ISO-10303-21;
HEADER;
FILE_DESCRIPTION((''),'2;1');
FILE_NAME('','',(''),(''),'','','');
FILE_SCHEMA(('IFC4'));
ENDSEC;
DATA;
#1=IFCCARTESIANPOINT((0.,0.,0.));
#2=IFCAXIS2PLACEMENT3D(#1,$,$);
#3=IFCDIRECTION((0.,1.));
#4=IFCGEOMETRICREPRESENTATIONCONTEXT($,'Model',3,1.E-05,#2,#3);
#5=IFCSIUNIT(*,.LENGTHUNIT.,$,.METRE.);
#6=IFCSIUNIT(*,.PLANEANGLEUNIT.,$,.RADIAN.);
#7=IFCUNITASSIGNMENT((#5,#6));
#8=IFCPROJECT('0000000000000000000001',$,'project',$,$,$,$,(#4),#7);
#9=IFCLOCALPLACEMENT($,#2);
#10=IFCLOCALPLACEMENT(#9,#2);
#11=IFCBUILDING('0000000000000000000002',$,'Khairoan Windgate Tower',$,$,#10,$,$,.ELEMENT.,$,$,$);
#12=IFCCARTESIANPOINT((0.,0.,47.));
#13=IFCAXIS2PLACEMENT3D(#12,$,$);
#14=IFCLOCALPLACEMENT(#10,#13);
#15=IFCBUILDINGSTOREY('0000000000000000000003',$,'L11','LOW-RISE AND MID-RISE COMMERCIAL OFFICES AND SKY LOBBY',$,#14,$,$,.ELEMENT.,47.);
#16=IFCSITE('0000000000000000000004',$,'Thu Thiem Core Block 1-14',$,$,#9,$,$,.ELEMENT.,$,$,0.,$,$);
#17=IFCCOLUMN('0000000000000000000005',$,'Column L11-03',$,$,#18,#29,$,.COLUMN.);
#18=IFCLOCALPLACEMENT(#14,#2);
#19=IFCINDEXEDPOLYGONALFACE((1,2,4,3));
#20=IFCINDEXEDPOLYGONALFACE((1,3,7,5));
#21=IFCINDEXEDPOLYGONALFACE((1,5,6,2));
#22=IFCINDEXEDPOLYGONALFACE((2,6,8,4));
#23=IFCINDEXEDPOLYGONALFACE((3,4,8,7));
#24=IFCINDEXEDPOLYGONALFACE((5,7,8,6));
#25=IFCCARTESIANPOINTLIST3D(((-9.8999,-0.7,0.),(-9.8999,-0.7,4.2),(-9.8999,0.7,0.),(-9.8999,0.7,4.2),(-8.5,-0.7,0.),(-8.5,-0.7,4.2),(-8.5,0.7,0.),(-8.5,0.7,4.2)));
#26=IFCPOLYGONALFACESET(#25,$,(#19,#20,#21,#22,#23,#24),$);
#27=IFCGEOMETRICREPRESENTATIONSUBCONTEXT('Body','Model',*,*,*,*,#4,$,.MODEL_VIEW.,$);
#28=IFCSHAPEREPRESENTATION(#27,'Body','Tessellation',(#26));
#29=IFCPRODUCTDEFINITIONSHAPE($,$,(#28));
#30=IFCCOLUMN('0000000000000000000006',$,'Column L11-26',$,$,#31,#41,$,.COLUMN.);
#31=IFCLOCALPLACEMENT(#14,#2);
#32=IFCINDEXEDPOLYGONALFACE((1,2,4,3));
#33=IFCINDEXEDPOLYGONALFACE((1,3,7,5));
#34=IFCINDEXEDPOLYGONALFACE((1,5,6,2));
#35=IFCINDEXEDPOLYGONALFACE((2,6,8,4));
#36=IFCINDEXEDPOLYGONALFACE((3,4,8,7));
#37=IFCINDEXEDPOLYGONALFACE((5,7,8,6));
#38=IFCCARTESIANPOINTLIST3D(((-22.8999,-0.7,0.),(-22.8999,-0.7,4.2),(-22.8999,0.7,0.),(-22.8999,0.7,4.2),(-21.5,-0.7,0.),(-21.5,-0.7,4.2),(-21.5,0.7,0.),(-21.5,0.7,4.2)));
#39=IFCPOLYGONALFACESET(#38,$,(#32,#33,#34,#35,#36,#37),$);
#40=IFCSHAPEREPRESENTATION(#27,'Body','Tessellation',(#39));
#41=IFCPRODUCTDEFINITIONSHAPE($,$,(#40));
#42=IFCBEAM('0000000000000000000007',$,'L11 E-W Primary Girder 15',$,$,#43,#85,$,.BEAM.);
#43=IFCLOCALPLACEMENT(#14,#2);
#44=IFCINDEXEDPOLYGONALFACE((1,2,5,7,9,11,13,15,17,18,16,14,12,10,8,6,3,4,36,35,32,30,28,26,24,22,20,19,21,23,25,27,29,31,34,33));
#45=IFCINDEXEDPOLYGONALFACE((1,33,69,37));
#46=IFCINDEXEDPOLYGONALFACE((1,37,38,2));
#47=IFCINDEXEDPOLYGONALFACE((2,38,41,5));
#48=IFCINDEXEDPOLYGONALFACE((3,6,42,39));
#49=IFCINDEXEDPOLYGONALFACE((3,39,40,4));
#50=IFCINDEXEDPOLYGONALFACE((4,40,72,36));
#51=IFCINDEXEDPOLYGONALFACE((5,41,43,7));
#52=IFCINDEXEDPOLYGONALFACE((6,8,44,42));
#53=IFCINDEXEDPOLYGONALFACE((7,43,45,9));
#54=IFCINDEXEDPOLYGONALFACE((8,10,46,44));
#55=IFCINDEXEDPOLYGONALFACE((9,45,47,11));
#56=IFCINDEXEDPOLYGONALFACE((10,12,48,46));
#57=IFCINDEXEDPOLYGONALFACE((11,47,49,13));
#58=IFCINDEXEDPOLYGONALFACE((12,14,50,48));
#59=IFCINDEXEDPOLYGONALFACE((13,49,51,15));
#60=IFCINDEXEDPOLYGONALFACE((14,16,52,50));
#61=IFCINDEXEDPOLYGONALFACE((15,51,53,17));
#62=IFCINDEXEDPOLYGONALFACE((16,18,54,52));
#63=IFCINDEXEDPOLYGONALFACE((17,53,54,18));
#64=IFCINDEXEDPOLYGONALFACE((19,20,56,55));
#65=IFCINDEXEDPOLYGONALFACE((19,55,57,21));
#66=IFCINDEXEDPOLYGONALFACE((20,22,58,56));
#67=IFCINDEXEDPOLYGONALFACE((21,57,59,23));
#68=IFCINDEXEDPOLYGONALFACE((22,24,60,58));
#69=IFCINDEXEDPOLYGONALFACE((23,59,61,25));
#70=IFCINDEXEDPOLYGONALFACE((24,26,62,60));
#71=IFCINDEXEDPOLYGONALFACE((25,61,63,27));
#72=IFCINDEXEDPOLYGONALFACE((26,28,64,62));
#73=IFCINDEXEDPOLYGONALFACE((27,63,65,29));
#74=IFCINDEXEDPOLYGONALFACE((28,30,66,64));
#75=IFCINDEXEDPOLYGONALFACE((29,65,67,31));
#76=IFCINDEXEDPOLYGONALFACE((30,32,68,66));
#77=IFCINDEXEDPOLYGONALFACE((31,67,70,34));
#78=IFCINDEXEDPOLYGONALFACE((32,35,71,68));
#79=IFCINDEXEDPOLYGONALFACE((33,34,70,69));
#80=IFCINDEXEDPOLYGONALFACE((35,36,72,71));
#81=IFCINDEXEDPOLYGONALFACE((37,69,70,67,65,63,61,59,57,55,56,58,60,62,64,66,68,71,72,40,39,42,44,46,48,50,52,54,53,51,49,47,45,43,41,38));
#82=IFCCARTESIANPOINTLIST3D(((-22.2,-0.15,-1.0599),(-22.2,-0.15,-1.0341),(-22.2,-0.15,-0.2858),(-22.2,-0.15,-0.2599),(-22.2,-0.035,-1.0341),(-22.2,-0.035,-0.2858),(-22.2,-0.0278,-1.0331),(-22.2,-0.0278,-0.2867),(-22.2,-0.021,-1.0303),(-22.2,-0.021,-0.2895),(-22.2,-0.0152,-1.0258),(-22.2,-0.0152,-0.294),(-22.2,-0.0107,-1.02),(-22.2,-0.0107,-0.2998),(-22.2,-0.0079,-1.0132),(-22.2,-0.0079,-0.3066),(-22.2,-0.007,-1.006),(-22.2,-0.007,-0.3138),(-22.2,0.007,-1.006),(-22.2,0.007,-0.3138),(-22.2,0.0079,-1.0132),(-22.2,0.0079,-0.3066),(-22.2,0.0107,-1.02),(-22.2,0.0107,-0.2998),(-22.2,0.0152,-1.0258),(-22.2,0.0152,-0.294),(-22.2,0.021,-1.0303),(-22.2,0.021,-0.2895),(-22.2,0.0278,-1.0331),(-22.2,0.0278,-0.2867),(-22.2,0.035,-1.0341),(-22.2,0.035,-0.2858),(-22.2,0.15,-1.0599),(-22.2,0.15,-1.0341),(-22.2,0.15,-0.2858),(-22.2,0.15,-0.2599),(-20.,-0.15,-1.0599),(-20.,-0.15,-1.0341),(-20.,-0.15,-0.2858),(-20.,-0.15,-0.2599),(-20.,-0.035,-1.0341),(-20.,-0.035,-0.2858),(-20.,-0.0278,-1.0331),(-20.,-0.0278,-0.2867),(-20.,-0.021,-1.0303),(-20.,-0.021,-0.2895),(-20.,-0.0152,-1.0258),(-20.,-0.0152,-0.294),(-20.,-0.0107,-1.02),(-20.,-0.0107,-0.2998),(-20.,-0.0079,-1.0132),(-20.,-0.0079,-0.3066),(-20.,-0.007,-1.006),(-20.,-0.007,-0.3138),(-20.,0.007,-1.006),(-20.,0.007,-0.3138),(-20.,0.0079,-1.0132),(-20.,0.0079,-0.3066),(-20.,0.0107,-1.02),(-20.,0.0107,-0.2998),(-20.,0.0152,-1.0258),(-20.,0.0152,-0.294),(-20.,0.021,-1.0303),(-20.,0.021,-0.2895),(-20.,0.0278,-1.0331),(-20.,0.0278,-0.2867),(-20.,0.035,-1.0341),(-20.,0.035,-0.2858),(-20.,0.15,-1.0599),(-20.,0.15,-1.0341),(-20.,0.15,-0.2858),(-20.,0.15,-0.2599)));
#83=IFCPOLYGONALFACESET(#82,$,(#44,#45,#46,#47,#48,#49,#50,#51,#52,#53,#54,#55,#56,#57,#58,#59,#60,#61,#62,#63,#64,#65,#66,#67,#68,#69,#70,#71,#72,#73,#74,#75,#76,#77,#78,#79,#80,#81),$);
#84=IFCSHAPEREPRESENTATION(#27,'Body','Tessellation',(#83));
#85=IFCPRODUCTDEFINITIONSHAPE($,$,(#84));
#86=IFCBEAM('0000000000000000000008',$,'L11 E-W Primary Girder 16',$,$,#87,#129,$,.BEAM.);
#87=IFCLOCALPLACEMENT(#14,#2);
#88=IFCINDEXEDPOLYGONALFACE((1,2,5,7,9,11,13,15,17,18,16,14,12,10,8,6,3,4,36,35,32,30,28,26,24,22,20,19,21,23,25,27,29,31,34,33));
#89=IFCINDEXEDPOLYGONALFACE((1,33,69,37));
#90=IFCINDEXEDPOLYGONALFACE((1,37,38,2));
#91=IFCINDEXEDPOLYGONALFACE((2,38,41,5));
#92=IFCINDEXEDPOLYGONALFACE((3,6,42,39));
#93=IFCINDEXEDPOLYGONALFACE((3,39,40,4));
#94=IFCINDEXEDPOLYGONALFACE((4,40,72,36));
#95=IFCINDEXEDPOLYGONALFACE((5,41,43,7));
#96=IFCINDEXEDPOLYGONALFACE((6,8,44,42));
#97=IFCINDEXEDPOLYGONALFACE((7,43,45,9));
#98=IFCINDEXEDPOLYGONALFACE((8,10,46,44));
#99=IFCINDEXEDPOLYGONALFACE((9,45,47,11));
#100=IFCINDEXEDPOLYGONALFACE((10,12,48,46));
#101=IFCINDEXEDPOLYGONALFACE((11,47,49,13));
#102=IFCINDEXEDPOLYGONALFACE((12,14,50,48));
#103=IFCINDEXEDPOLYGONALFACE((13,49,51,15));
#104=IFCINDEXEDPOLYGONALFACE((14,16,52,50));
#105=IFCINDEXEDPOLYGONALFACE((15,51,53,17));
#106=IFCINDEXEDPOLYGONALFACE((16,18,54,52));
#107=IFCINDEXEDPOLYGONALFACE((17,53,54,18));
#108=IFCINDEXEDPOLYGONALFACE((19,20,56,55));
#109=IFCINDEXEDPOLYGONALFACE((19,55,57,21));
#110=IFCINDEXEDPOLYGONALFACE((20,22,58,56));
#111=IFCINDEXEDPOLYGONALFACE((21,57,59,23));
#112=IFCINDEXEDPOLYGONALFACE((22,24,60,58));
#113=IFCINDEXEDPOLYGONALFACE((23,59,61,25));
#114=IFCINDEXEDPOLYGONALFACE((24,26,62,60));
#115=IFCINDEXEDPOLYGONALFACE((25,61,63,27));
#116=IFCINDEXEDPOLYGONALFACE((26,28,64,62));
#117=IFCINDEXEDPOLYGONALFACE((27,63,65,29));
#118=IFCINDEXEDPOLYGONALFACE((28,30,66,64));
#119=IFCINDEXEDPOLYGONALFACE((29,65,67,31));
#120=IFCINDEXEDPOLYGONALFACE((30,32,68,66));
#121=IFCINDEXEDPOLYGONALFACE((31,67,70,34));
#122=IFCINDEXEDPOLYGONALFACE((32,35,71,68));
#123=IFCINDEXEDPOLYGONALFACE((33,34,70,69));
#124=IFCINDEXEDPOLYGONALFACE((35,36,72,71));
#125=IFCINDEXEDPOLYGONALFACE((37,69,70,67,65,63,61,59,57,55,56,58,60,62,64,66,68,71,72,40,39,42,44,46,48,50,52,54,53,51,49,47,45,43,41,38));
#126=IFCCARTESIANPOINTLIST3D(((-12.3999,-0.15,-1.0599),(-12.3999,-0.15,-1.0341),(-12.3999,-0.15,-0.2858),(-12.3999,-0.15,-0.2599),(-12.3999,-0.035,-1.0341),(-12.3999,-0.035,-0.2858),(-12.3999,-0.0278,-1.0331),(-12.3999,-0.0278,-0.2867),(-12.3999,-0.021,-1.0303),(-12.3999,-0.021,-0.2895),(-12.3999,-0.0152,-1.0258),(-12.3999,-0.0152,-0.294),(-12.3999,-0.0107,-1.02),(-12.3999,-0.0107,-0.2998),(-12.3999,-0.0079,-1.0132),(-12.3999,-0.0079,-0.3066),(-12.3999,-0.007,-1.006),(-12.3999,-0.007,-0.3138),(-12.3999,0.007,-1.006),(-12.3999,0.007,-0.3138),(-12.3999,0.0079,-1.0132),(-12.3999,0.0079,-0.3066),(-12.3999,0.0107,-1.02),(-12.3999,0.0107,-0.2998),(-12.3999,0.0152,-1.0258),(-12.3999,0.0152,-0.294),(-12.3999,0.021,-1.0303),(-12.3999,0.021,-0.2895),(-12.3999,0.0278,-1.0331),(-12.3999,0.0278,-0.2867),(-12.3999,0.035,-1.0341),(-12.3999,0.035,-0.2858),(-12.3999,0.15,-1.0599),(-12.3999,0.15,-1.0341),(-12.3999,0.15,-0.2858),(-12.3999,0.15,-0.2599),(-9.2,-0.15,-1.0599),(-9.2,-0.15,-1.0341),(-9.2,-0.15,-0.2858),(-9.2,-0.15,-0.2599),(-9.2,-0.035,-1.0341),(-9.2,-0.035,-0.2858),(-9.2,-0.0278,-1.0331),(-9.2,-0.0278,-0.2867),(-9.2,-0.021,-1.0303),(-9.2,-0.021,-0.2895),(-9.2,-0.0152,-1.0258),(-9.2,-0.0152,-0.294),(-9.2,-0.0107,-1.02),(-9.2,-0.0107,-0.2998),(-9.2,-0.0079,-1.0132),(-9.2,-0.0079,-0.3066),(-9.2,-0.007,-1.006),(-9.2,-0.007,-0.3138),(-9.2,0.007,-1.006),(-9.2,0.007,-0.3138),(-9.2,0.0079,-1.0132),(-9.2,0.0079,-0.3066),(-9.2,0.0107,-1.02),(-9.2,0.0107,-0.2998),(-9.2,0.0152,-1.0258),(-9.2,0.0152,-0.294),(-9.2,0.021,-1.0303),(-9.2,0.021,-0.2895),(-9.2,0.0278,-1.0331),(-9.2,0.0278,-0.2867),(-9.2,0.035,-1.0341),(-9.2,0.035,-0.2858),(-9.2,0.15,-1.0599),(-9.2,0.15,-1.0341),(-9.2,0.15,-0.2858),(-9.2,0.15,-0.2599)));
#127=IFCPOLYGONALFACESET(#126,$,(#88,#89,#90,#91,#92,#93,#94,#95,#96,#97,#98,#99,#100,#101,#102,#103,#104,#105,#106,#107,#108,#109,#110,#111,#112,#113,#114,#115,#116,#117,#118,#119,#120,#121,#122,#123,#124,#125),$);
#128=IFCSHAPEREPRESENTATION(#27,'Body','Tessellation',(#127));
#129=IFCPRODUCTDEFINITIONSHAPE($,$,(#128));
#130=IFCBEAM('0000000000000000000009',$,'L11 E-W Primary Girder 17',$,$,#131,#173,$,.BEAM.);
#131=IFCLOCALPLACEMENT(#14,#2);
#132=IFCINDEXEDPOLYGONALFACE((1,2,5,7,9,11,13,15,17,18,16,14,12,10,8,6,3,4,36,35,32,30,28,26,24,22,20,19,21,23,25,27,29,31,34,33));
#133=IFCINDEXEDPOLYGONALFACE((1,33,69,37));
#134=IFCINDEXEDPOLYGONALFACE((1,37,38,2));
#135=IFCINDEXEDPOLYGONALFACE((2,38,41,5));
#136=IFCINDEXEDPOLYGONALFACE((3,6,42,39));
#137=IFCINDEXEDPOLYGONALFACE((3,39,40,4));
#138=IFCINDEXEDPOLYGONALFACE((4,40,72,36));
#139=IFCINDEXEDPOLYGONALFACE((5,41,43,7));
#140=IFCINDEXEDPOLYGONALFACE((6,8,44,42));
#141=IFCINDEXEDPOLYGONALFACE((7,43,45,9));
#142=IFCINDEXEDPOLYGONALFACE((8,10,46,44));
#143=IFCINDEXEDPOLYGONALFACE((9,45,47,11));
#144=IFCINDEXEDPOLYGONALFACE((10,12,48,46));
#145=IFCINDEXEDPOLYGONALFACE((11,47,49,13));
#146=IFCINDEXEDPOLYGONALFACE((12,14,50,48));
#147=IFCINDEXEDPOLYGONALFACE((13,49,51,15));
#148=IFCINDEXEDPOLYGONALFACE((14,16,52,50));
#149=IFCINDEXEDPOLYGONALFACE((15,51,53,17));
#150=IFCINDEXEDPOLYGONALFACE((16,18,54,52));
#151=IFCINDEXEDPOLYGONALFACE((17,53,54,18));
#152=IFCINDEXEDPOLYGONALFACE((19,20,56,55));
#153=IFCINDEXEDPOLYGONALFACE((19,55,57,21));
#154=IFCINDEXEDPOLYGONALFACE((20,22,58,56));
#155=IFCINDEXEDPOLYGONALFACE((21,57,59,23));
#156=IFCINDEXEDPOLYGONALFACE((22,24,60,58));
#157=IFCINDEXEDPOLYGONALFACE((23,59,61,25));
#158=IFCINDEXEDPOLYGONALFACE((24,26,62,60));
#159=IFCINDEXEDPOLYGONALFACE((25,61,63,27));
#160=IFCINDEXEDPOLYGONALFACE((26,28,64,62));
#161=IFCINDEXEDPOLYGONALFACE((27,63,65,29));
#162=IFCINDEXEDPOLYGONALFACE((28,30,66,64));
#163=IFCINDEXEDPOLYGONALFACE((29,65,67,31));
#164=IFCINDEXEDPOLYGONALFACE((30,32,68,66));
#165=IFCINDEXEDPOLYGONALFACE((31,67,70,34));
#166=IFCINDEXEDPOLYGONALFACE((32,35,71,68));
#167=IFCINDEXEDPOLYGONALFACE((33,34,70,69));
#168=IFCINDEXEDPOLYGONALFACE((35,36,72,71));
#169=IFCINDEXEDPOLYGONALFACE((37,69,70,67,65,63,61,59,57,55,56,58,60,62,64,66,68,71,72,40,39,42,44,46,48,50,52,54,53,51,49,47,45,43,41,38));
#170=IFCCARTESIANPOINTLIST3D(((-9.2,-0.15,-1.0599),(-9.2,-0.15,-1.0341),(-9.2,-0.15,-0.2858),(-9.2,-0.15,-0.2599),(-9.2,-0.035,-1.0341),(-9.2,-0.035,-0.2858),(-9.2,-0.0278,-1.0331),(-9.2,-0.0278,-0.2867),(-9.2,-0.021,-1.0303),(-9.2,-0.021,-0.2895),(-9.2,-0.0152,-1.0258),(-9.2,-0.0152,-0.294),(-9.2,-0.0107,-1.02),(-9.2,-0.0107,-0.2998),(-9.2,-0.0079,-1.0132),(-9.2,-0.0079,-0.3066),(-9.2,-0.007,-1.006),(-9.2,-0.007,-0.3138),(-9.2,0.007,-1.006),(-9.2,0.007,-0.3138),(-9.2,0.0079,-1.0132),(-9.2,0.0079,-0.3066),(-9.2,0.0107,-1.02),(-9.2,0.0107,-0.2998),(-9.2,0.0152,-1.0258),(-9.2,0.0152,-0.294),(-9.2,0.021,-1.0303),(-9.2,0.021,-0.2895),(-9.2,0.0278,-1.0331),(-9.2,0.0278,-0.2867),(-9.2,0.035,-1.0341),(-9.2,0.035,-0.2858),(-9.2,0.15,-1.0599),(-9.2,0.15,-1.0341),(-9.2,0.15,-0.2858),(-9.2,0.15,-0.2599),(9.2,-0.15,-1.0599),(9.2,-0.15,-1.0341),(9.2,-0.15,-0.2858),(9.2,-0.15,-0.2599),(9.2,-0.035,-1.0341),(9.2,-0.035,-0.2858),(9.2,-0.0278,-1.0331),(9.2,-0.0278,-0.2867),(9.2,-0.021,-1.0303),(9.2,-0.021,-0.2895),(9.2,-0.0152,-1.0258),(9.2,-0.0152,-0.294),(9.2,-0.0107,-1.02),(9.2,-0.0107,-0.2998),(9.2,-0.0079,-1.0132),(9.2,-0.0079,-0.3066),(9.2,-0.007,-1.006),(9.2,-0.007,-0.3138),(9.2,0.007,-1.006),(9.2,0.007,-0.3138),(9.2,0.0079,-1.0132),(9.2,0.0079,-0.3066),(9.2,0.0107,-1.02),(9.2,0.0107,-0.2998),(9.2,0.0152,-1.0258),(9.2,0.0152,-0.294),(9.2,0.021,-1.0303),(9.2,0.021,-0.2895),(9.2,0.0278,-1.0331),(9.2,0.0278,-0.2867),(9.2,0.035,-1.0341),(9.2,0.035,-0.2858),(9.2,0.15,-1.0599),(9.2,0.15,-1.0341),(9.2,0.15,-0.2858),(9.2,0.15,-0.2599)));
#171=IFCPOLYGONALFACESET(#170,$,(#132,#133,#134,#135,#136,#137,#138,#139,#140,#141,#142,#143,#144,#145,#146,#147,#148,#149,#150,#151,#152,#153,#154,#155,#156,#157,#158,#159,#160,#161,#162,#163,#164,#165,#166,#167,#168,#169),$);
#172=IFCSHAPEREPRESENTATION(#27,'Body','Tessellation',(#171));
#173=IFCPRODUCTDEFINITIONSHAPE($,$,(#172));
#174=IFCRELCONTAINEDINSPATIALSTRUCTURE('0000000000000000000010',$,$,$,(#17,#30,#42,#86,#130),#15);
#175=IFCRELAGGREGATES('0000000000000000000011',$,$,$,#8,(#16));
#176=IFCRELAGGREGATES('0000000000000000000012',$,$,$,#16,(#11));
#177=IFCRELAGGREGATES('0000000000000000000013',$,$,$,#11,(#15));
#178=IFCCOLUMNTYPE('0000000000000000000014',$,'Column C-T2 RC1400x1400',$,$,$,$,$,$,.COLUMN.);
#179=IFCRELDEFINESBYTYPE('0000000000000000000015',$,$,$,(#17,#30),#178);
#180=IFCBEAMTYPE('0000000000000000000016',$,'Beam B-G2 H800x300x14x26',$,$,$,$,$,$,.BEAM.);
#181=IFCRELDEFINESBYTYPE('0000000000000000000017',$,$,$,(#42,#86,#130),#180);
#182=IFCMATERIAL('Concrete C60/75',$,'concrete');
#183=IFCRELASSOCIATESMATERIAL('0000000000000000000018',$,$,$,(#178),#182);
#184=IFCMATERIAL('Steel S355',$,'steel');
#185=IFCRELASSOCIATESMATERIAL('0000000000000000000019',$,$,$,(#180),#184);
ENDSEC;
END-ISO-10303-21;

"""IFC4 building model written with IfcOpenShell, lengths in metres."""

from ifc_helpers import new_model, si_unit, direction, frame, origin, origin_2d, place, context, subcontext, project, spatial, rectangle, i_section, extrude, material, material_profile, profile_set, type_object, element, save


model = new_model("IFC4")

# Units and contexts
model_context = context("Model", 3, precision=1e-05, world=origin(), true_north=direction((0.0, 1.0)))
body_context = subcontext(model_context, "Body", "Model", "MODEL_VIEW")
ifc_project = project(units=[si_unit("LENGTHUNIT", "METRE"), si_unit("PLANEANGLEUNIT", "RADIAN")], contexts=[model_context])

# Site, building, storey
site_placement = place(None, origin())
site = spatial("IfcSite", under=ifc_project, at=site_placement, Name="Thu Thiem Core Block 1-14", CompositionType="ELEMENT", RefElevation=0.0)
building_placement = place(site_placement, origin())
building = spatial("IfcBuilding", under=site, at=building_placement, Name="Khairoan Windgate Tower", CompositionType="ELEMENT")
storey_placement = place(building_placement, frame((0.0, 0.0, 47.0)))
storey = spatial("IfcBuildingStorey", under=building, at=storey_placement, Name="L11", Description="LOW-RISE AND MID-RISE COMMERCIAL OFFICES AND SKY LOBBY", CompositionType="ELEMENT", Elevation=47.0)

# Columns
ifc_material_1 = material(Name="Concrete C60/75", Category="concrete")
ifc_material_profile_1 = material_profile(ifc_material_1, rectangle(XDim=1.3999, YDim=1.3999, at=origin_2d()))
ifc_profile_set_1 = profile_set([ifc_material_profile_1], Name="Concrete C60/75")
column_type = type_object("IfcColumnType", Name="Column C-T2 RC1400x1400", PredefinedType="COLUMN", material=ifc_profile_set_1)
for number, where, z_axis, x_axis, name in (
    (1, (-9.2, 0.0, 0.0), (0.0, 0.0, 1.0), (1.0, 0.0, 0.0), "Column L11-03"),
    (2, (-22.2, 0.0, 0.0), (0.0, 0.0, 1.0), (1.0, 0.0, 0.0), "Column L11-26"),
):
    element("IfcColumn", number, at=place(storey_placement, frame(where, z_axis=z_axis, x_axis=x_axis)), inside=storey, type_object=column_type, Name=name, PredefinedType="COLUMN", context=body_context, shape_type="SweptSolid", body=[
        extrude(rectangle(XDim=1.3999, YDim=1.3999, at=origin_2d()), origin(), (0.0, 0.0, 1.0), 4.2),
    ])

# Beams
ifc_material_2 = material(Name="Steel S355", Category="steel")
ifc_material_profile_2 = material_profile(ifc_material_2, i_section(OverallWidth=0.3, OverallDepth=0.8, WebThickness=0.0139, FlangeThickness=0.0259, FilletRadius=0.0281, at=origin_2d()))
ifc_profile_set_2 = profile_set([ifc_material_profile_2], Name="Steel S355")
beam_type_1 = type_object("IfcBeamType", Name="Beam B-G2 H800x300x14x26", PredefinedType="BEAM", material=ifc_profile_set_2)
beam_1_placement = place(storey_placement, frame((-22.2, 0.0, -0.6599), z_axis=(1.0, 0.0, 0.0), x_axis=(0.0, 1.0, 0.0)))
element("IfcBeam", 3, at=beam_1_placement, inside=storey, type_object=beam_type_1, Name="L11 E-W Primary Girder 15", PredefinedType="BEAM", context=body_context, shape_type="SweptSolid", body=[
    extrude(i_section(OverallWidth=0.3, OverallDepth=0.8, WebThickness=0.0139, FlangeThickness=0.0259, FilletRadius=0.0281, at=origin_2d()), origin(), (0.0, 0.0, 1.0), 2.2),
])
beam_2_placement = place(storey_placement, frame((-12.3999, 0.0, -0.6599), z_axis=(1.0, 0.0, 0.0), x_axis=(0.0, 1.0, 0.0)))
element("IfcBeam", 4, at=beam_2_placement, inside=storey, type_object=beam_type_1, Name="L11 E-W Primary Girder 16", PredefinedType="BEAM", context=body_context, shape_type="SweptSolid", body=[
    extrude(i_section(OverallWidth=0.3, OverallDepth=0.8, WebThickness=0.0139, FlangeThickness=0.0259, FilletRadius=0.0281, at=origin_2d()), origin(), (0.0, 0.0, 1.0), 3.2),
])
beam_3_placement = place(storey_placement, frame((-9.2, 0.0, -0.6599), z_axis=(1.0, 0.0, 0.0), x_axis=(0.0, 1.0, 0.0)))
element("IfcBeam", 5, at=beam_3_placement, inside=storey, type_object=beam_type_1, Name="L11 E-W Primary Girder 17", PredefinedType="BEAM", context=body_context, shape_type="SweptSolid", body=[
    extrude(i_section(OverallWidth=0.3, OverallDepth=0.8, WebThickness=0.0139, FlangeThickness=0.0259, FilletRadius=0.0281, at=origin_2d()), origin(), (0.0, 0.0, 1.0), 18.3999),
])

save(model, "model.ifc")
